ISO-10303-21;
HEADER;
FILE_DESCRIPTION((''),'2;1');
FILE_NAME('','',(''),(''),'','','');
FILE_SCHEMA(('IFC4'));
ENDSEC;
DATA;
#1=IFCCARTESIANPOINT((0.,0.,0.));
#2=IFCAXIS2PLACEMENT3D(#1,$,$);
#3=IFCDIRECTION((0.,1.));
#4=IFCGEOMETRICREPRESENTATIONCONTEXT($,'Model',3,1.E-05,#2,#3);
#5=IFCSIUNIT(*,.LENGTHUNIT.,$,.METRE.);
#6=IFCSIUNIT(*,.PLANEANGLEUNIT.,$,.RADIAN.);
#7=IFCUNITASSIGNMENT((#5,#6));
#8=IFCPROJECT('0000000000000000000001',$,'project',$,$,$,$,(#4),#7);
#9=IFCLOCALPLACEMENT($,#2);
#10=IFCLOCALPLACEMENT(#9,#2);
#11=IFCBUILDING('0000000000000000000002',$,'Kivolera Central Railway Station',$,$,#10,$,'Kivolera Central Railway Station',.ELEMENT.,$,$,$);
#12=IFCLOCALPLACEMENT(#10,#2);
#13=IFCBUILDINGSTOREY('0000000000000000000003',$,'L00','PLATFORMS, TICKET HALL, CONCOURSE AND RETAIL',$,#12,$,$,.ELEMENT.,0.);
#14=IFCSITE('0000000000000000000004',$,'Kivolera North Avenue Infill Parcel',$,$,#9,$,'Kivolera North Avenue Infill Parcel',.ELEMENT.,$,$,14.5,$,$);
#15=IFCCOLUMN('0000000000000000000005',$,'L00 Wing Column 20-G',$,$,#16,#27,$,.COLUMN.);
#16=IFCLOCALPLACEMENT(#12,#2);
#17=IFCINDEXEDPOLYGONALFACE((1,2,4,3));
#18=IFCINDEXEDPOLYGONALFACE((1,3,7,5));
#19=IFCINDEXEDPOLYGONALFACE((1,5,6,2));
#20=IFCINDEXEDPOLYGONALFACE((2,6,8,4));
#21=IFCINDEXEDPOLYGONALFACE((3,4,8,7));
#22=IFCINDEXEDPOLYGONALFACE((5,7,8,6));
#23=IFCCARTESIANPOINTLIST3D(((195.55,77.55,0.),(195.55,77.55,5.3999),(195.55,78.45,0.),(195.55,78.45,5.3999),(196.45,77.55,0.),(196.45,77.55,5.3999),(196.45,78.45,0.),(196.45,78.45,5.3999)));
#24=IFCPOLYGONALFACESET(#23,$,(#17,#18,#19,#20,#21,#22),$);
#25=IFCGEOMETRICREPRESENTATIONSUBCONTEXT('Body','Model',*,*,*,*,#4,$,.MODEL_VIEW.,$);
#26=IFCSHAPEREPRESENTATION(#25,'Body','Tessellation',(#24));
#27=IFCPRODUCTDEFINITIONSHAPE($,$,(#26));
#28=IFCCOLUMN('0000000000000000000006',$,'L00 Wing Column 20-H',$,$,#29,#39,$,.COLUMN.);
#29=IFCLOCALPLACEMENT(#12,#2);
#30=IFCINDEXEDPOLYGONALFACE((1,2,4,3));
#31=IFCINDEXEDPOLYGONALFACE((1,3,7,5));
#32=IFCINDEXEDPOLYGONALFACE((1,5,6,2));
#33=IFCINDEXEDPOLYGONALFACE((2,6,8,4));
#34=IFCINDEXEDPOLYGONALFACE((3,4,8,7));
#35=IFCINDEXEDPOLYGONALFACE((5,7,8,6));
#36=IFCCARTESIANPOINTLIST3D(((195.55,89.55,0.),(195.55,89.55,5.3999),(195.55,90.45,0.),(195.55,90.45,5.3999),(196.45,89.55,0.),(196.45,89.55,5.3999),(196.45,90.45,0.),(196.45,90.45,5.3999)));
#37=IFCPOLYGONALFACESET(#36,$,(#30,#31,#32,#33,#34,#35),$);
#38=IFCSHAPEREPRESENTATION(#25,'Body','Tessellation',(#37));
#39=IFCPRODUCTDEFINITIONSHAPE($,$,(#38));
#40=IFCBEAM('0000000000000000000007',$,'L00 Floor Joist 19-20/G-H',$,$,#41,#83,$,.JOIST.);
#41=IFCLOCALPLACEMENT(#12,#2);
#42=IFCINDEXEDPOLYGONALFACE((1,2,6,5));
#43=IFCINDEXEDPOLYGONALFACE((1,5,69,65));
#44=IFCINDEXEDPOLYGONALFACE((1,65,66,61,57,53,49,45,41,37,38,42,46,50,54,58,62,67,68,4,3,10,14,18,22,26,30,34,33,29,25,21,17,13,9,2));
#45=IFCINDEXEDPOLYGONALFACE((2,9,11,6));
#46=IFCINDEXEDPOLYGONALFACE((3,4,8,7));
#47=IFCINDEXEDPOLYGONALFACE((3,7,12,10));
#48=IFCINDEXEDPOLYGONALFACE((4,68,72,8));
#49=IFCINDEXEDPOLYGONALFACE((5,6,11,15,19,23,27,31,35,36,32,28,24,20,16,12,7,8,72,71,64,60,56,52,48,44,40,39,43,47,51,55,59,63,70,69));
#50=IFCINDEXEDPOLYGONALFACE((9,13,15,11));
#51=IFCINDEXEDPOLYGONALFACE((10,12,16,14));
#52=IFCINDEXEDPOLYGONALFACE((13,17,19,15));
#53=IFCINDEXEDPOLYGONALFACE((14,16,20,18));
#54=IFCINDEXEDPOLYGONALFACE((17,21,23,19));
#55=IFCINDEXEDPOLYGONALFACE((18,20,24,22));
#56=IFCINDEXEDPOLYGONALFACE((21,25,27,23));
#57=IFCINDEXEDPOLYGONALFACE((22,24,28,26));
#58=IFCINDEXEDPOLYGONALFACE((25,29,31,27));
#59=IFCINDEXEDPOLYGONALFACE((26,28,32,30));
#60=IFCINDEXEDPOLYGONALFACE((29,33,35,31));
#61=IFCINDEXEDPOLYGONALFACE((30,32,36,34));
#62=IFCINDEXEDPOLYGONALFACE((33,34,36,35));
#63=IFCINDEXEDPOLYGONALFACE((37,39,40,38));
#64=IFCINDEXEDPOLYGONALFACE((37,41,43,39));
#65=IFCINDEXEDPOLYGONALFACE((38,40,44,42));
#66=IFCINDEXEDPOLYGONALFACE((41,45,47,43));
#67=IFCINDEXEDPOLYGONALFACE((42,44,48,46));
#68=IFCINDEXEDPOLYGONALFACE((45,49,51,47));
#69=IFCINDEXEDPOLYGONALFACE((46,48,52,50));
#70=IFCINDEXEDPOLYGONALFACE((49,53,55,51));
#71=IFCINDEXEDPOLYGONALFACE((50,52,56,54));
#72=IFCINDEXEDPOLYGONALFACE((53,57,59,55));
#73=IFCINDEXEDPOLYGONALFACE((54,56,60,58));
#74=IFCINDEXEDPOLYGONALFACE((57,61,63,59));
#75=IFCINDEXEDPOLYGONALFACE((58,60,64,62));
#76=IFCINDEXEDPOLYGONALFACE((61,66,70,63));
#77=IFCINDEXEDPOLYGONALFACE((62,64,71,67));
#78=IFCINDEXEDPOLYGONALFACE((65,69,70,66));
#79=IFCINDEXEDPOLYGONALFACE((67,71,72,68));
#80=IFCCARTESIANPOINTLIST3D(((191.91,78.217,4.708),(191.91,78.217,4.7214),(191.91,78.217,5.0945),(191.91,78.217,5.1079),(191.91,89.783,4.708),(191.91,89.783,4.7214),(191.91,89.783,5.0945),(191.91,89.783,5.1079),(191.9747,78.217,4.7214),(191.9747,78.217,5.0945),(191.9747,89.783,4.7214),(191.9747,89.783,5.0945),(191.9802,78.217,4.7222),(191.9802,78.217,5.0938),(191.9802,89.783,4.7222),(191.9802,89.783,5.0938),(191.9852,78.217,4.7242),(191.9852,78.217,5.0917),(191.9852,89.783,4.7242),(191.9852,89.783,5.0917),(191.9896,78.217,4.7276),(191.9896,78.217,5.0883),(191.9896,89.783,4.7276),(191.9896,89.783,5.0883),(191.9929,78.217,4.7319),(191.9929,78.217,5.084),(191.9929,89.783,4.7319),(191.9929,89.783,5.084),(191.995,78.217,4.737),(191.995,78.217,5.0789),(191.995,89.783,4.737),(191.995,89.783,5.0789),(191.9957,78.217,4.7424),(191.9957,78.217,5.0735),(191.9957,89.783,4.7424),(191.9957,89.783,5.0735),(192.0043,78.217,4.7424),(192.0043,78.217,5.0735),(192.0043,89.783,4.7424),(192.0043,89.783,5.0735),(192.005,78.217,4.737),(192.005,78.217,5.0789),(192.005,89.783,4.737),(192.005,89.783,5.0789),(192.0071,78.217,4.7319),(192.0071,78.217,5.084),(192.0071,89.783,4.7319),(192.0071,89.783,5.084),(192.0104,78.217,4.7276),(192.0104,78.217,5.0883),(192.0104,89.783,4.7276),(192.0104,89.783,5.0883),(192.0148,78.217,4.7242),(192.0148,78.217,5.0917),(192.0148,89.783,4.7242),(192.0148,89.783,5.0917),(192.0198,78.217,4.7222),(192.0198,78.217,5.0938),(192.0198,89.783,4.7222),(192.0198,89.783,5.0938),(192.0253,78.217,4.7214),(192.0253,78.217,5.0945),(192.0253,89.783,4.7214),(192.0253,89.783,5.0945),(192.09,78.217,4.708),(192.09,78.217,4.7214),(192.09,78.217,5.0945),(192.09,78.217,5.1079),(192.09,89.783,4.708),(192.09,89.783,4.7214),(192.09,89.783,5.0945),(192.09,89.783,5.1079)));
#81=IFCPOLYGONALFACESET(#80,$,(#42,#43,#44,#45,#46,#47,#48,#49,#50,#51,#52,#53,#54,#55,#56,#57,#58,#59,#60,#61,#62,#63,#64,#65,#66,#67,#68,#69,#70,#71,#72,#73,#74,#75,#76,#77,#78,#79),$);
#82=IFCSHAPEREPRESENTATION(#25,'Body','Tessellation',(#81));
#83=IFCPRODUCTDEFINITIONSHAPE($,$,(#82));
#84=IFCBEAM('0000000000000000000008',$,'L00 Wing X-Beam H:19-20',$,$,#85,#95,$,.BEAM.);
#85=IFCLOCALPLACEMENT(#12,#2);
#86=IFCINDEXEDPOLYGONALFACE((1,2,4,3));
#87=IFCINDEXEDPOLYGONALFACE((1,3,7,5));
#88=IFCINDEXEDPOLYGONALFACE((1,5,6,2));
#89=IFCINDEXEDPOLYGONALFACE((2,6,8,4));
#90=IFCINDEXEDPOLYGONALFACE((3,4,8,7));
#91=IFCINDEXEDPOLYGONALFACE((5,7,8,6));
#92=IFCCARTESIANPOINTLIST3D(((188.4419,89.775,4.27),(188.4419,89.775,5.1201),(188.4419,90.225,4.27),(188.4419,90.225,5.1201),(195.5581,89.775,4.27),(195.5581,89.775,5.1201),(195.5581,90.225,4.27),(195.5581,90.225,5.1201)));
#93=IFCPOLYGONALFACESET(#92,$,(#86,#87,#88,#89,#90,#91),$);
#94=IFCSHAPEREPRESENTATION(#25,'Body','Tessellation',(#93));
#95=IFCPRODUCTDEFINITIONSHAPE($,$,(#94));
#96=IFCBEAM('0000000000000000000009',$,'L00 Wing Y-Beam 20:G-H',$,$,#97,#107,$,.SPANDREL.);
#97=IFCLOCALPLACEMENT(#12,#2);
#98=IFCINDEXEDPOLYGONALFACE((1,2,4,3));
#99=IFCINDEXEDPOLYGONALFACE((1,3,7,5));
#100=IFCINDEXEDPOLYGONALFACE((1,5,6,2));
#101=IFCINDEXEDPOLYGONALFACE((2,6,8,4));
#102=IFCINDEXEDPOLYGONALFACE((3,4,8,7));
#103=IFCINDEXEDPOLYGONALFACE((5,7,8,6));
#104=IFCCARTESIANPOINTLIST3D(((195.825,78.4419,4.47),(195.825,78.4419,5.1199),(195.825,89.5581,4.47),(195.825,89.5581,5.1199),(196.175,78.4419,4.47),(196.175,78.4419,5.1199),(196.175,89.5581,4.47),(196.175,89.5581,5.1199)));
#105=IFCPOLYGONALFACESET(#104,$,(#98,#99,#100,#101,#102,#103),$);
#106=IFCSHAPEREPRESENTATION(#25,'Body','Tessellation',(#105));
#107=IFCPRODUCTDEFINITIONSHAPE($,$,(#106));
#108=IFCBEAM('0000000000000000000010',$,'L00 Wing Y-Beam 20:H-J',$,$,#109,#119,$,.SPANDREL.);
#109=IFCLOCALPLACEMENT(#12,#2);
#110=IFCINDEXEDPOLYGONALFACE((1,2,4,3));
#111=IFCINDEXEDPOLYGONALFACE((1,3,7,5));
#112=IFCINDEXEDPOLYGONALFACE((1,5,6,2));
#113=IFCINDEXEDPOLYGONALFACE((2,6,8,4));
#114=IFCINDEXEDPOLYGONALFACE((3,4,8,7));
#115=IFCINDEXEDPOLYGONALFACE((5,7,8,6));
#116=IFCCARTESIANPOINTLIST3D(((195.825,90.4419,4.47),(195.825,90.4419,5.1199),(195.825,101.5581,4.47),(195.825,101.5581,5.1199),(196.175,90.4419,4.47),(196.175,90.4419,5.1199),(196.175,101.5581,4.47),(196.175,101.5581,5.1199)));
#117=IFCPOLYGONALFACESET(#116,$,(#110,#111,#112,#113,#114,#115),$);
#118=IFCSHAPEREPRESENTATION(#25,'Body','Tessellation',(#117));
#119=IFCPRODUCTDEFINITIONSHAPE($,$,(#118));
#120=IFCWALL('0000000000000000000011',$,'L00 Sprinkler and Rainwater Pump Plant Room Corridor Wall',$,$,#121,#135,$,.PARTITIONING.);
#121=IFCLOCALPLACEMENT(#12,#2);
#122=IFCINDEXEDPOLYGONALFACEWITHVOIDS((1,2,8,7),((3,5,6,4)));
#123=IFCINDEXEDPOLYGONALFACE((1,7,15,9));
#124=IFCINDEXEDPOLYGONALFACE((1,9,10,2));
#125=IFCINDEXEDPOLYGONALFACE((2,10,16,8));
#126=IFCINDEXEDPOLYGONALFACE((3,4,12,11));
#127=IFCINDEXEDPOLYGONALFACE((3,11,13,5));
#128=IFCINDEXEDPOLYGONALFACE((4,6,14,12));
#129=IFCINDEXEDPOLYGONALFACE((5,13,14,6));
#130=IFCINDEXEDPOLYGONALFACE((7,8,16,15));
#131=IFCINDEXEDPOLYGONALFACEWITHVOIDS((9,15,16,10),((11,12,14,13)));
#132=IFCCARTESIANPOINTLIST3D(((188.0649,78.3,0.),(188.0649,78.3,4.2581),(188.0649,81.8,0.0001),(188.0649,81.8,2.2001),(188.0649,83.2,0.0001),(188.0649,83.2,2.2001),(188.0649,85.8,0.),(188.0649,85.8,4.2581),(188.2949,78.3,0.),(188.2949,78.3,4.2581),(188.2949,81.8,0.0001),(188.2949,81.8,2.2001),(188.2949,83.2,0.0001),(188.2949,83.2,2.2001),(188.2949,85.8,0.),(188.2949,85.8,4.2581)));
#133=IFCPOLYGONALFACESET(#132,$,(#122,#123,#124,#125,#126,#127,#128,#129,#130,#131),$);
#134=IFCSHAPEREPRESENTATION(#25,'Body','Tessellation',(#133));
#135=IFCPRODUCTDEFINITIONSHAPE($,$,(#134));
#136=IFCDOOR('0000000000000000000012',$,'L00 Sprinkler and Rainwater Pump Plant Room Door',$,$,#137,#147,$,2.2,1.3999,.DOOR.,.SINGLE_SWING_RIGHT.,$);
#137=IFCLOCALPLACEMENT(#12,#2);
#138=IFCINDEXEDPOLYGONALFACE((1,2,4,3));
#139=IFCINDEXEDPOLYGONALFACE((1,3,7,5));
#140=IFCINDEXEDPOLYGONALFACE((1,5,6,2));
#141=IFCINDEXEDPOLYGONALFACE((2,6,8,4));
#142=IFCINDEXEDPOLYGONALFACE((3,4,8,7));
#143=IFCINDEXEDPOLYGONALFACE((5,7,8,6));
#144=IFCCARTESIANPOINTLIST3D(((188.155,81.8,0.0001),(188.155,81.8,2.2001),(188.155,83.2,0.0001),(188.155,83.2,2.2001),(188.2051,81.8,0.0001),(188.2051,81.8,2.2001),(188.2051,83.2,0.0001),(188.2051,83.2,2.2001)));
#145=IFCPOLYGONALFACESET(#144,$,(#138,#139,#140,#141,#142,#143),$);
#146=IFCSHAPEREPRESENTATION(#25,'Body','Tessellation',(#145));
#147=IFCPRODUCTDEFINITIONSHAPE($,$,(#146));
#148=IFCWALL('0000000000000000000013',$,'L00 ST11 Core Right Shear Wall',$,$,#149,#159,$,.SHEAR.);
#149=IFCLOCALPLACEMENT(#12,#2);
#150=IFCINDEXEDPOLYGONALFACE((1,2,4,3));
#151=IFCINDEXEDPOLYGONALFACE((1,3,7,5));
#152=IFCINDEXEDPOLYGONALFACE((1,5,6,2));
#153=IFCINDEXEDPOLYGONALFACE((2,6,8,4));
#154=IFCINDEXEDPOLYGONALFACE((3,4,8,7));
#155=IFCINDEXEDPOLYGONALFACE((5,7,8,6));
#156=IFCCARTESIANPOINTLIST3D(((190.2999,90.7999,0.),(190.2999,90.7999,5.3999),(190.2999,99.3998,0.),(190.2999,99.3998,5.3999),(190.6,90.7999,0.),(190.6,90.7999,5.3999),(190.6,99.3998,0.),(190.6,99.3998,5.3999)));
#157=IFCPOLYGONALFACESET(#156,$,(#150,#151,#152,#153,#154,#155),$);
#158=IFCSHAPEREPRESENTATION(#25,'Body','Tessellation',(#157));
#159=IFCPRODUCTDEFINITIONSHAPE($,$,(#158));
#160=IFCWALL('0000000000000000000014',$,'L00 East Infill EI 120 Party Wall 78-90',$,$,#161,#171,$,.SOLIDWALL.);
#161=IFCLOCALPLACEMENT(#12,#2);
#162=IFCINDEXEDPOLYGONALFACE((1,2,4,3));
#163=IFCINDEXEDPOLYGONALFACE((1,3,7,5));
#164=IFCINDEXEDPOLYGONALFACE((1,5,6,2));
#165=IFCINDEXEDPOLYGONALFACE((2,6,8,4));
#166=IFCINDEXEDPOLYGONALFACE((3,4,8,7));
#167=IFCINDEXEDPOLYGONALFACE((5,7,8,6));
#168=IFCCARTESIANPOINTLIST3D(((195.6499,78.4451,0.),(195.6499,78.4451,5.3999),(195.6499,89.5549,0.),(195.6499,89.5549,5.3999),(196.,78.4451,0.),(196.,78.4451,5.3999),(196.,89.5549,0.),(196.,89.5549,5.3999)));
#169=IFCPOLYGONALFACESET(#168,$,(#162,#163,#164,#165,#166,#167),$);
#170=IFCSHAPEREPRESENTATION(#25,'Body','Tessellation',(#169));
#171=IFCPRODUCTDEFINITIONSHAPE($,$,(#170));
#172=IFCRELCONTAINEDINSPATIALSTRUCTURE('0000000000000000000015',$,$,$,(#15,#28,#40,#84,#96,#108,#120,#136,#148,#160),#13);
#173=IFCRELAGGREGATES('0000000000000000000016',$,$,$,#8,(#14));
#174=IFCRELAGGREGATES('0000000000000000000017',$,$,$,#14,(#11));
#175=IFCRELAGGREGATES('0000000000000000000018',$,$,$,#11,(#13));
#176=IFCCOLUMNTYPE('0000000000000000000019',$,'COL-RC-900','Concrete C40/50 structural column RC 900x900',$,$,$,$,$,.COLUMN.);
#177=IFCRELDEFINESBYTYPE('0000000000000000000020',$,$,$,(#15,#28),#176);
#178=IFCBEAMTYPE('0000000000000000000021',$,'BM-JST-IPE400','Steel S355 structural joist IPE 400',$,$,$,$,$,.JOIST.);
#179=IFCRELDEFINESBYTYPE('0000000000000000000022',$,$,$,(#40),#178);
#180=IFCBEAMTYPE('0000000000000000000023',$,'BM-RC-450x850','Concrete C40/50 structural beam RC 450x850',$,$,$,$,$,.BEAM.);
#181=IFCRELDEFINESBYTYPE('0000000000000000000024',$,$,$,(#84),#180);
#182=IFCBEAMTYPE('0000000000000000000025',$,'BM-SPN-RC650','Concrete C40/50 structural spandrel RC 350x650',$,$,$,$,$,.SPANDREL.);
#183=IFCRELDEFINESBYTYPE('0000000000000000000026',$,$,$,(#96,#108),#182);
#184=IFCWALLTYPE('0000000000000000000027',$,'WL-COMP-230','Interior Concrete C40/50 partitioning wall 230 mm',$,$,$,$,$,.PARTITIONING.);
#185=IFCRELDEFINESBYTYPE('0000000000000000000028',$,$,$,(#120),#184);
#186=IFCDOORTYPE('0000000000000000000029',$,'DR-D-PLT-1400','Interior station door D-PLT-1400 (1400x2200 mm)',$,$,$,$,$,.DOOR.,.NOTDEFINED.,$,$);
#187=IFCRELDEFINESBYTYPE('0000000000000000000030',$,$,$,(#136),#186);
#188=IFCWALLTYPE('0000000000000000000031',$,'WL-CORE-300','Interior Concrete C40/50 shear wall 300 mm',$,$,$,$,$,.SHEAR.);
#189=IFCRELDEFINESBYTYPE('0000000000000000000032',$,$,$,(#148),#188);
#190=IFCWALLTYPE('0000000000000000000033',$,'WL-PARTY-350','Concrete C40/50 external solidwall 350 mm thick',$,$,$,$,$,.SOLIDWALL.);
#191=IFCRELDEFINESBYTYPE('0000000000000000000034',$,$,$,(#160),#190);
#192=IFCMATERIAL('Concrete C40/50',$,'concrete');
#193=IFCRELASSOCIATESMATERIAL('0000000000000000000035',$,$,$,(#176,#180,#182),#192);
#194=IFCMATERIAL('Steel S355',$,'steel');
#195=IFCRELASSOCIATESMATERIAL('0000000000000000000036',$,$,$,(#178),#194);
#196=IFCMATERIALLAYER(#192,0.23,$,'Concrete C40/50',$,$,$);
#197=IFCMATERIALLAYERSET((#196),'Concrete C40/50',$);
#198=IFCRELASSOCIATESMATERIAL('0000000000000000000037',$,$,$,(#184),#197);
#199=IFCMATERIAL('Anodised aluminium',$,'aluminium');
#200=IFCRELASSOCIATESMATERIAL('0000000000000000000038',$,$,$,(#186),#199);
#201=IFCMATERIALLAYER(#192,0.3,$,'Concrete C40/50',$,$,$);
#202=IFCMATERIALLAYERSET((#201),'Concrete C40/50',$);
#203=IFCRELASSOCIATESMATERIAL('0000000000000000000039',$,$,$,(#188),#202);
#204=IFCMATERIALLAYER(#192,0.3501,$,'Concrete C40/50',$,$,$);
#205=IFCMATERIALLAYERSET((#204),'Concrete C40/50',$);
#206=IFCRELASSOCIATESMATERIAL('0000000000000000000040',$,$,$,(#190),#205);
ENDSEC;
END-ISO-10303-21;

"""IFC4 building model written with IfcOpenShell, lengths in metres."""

from ifc_helpers import new_model, si_unit, direction, frame, frame_2d, origin, origin_2d, place, context, subcontext, project, spatial, rectangle, i_section, extrude, material, layer, layer_set, material_profile, profile_set, type_object, element, fill, save


model = new_model("IFC4")

# Units and contexts
model_context = context("Model", 3, precision=1e-05, world=origin(), true_north=direction((0.0, 1.0)))
body_context = subcontext(model_context, "Body", "Model", "MODEL_VIEW")
ifc_project = project(units=[si_unit("LENGTHUNIT", "METRE"), si_unit("PLANEANGLEUNIT", "RADIAN")], contexts=[model_context])

# Site, building, storey
site_placement = place(None, origin())
site = spatial("IfcSite", under=ifc_project, at=site_placement, Name="Kivolera North Avenue Infill Parcel", LongName="Kivolera North Avenue Infill Parcel", CompositionType="ELEMENT", RefElevation=14.5)
building_placement = place(site_placement, origin())
building = spatial("IfcBuilding", under=site, at=building_placement, Name="Kivolera Central Railway Station", LongName="Kivolera Central Railway Station", CompositionType="ELEMENT")
storey_placement = place(building_placement, origin())
storey = spatial("IfcBuildingStorey", under=building, at=storey_placement, Name="L00", Description="PLATFORMS, TICKET HALL, CONCOURSE AND RETAIL", CompositionType="ELEMENT", Elevation=0.0)

# Columns
ifc_material_1 = material(Name="Concrete C40/50", Category="concrete")
ifc_material_profile_1 = material_profile(ifc_material_1, rectangle(XDim=0.8999, YDim=0.8999, at=origin_2d()), Name="RC 900x900")
ifc_profile_set_1 = profile_set([ifc_material_profile_1], Name="Concrete C40/50")
column_type = type_object("IfcColumnType", Name="COL-RC-900", Description="Concrete C40/50 structural column RC 900x900", PredefinedType="COLUMN", material=ifc_profile_set_1)
for number, where, z_axis, x_axis, name in (
    (1, (196.0, 78.0, 0.0), (0.0, 0.0, 1.0), (1.0, 0.0, 0.0), "L00 Wing Column 20-G"),
    (2, (196.0, 90.0, 0.0), (0.0, 0.0, 1.0), (1.0, 0.0, 0.0), "L00 Wing Column 20-H"),
):
    element("IfcColumn", number, at=place(storey_placement, frame(where, z_axis=z_axis, x_axis=x_axis)), inside=storey, type_object=column_type, Name=name, PredefinedType="COLUMN", context=body_context, shape_type="SweptSolid", body=[
        extrude(rectangle(XDim=0.8999, YDim=0.8999, at=origin_2d()), origin(), (0.0, 0.0, 1.0), 5.3999),
    ])

# Beams
ifc_material_2 = material(Name="Steel S355", Category="steel")
ifc_material_profile_2 = material_profile(ifc_material_2, i_section(OverallWidth=0.1799, OverallDepth=0.3999, WebThickness=0.0085, FlangeThickness=0.0134, FilletRadius=0.021, at=origin_2d()), Name="IPE 400")
ifc_profile_set_2 = profile_set([ifc_material_profile_2], Name="Steel S355")
beam_type_1 = type_object("IfcBeamType", Name="BM-JST-IPE400", Description="Steel S355 structural joist IPE 400", PredefinedType="JOIST", material=ifc_profile_set_2)
beam_1_placement = place(storey_placement, frame((192.0, 78.217, 4.908), z_axis=(0.0, 1.0, 0.0), x_axis=(-1.0, 0.0, 0.0)))
element("IfcBeam", 3, at=beam_1_placement, inside=storey, type_object=beam_type_1, Name="L00 Floor Joist 19-20/G-H", PredefinedType="JOIST", context=body_context, shape_type="SweptSolid", body=[
    extrude(i_section(OverallWidth=0.1799, OverallDepth=0.3999, WebThickness=0.0085, FlangeThickness=0.0134, FilletRadius=0.021, at=origin_2d()), origin(), (0.0, 0.0, 1.0), 11.5659),
])
ifc_material_profile_3 = material_profile(ifc_material_1, rectangle(XDim=0.45, YDim=0.8501, at=origin_2d()), Name="RC 450x850")
ifc_profile_set_3 = profile_set([ifc_material_profile_3], Name="Concrete C40/50")
beam_type_2 = type_object("IfcBeamType", Name="BM-RC-450x850", Description="Concrete C40/50 structural beam RC 450x850", PredefinedType="BEAM", material=ifc_profile_set_3)
beam_2_placement = place(storey_placement, frame((188.4419, 90.0, 4.6951), z_axis=(1.0, 0.0, 0.0), x_axis=(0.0, 1.0, 0.0)))
element("IfcBeam", 4, at=beam_2_placement, inside=storey, type_object=beam_type_2, Name="L00 Wing X-Beam H:19-20", PredefinedType="BEAM", context=body_context, shape_type="SweptSolid", body=[
    extrude(rectangle(XDim=0.45, YDim=0.8501, at=origin_2d()), origin(), (0.0, 0.0, 1.0), 7.1162),
])
ifc_material_profile_4 = material_profile(ifc_material_1, rectangle(XDim=0.3501, YDim=0.6499, at=origin_2d()), Name="RC 350x650")
ifc_profile_set_4 = profile_set([ifc_material_profile_4], Name="Concrete C40/50")
beam_type_3 = type_object("IfcBeamType", Name="BM-SPN-RC650", Description="Concrete C40/50 structural spandrel RC 350x650", PredefinedType="SPANDREL", material=ifc_profile_set_4)
for number, where, z_axis, x_axis, name in (
    (5, (196.0, 78.4419, 4.7949), (0.0, 1.0, 0.0), (-1.0, 0.0, 0.0), "L00 Wing Y-Beam 20:G-H"),
    (6, (196.0, 90.4419, 4.7949), (0.0, 1.0, 0.0), (-1.0, 0.0, 0.0), "L00 Wing Y-Beam 20:H-J"),
):
    element("IfcBeam", number, at=place(storey_placement, frame(where, z_axis=z_axis, x_axis=x_axis)), inside=storey, type_object=beam_type_3, Name=name, PredefinedType="SPANDREL", context=body_context, shape_type="SweptSolid", body=[
        extrude(rectangle(XDim=0.3501, YDim=0.6499, at=origin_2d()), origin(), (0.0, 0.0, 1.0), 11.1162),
    ])

# Wall, opening, door
ifc_layer_1 = layer(ifc_material_1, 0.23, Name="Concrete C40/50")
ifc_layer_set_1 = layer_set([ifc_layer_1], Name="Concrete C40/50")
wall_type_1 = type_object("IfcWallType", Name="WL-COMP-230", Description="Interior Concrete C40/50 partitioning wall 230 mm", PredefinedType="PARTITIONING", material=ifc_layer_set_1)
wall_1_placement = place(storey_placement, frame((188.1799, 78.3, 0.0), z_axis=(0.0, 0.0, 1.0), x_axis=(0.0, 1.0, 0.0)))
wall_1 = element("IfcWall", 7, at=wall_1_placement, inside=storey, type_object=wall_type_1, Name="L00 Sprinkler and Rainwater Pump Plant Room Corridor Wall", PredefinedType="PARTITIONING", context=body_context, shape_type="SweptSolid", body=[
    extrude(rectangle(XDim=7.5, YDim=0.23, at=frame_2d((3.75, 0.0))), origin(), (0.0, 0.0, 1.0), 4.2581),
])
opening_1_placement = place(wall_1_placement, frame((3.5, 0.0, 0.0)))
opening_1 = element("IfcOpeningElement", 8, at=opening_1_placement, cuts=wall_1, PredefinedType="OPENING", context=body_context, shape_type="SweptSolid", body=[
    extrude(rectangle(XDim=1.3999, YDim=2.2, at=frame_2d((0.7, 1.1001))), frame((0.0, 0.125, 0.0), z_axis=(0.0, -1.0, 0.0), x_axis=(1.0, 0.0, 0.0)), (0.0, 0.0, 1.0), 0.25),
])
ifc_material_3 = material(Name="Anodised aluminium", Category="aluminium")
door_type_1 = type_object("IfcDoorType", Name="DR-D-PLT-1400", Description="Interior station door D-PLT-1400 (1400x2200 mm)", OperationType="NOTDEFINED", PredefinedType="DOOR", material=ifc_material_3)
door_1_placement = place(opening_1_placement, origin())
door_1 = element("IfcDoor", 9, at=door_1_placement, inside=storey, type_object=door_type_1, Name="L00 Sprinkler and Rainwater Pump Plant Room Door", OperationType="SINGLE_SWING_RIGHT", OverallHeight=2.2, OverallWidth=1.3999, PredefinedType="DOOR", context=body_context, shape_type="SweptSolid", body=[
    extrude(rectangle(XDim=1.3999, YDim=2.2, at=frame_2d((0.7, 1.1001))), frame((0.0, 0.0249, 0.0), z_axis=(0.0, -1.0, 0.0), x_axis=(1.0, 0.0, 0.0)), (0.0, 0.0, 1.0), 0.05),
])
fill(opening_1, door_1)

# Wall
ifc_layer_2 = layer(ifc_material_1, 0.3, Name="Concrete C40/50")
ifc_layer_set_2 = layer_set([ifc_layer_2], Name="Concrete C40/50")
wall_type_2 = type_object("IfcWallType", Name="WL-CORE-300", Description="Interior Concrete C40/50 shear wall 300 mm", PredefinedType="SHEAR", material=ifc_layer_set_2)
wall_2_placement = place(storey_placement, frame((190.45, 90.8, 0.0), z_axis=(0.0, 0.0, 1.0), x_axis=(0.0, 1.0, 0.0)))
element("IfcWall", 10, at=wall_2_placement, inside=storey, type_object=wall_type_2, Name="L00 ST11 Core Right Shear Wall", PredefinedType="SHEAR", context=body_context, shape_type="SweptSolid", body=[
    extrude(rectangle(XDim=8.5999, YDim=0.3, at=frame_2d((4.2998, 0.0))), origin(), (0.0, 0.0, 1.0), 5.3999),
])

# Wall
ifc_layer_3 = layer(ifc_material_1, 0.3501, Name="Concrete C40/50")
ifc_layer_set_3 = layer_set([ifc_layer_3], Name="Concrete C40/50")
wall_type_3 = type_object("IfcWallType", Name="WL-PARTY-350", Description="Concrete C40/50 external solidwall 350 mm thick", PredefinedType="SOLIDWALL", material=ifc_layer_set_3)
wall_3_placement = place(storey_placement, frame((195.825, 89.5549, 0.0), z_axis=(0.0, 0.0, 1.0), x_axis=(0.0, -1.0, 0.0)))
element("IfcWall", 11, at=wall_3_placement, inside=storey, type_object=wall_type_3, Name="L00 East Infill EI 120 Party Wall 78-90", PredefinedType="SOLIDWALL", context=body_context, shape_type="SweptSolid", body=[
    extrude(rectangle(XDim=11.1099, YDim=0.3501, at=frame_2d((5.5549, 0.0))), origin(), (0.0, 0.0, 1.0), 5.3999),
])

save(model, "model.ifc")
